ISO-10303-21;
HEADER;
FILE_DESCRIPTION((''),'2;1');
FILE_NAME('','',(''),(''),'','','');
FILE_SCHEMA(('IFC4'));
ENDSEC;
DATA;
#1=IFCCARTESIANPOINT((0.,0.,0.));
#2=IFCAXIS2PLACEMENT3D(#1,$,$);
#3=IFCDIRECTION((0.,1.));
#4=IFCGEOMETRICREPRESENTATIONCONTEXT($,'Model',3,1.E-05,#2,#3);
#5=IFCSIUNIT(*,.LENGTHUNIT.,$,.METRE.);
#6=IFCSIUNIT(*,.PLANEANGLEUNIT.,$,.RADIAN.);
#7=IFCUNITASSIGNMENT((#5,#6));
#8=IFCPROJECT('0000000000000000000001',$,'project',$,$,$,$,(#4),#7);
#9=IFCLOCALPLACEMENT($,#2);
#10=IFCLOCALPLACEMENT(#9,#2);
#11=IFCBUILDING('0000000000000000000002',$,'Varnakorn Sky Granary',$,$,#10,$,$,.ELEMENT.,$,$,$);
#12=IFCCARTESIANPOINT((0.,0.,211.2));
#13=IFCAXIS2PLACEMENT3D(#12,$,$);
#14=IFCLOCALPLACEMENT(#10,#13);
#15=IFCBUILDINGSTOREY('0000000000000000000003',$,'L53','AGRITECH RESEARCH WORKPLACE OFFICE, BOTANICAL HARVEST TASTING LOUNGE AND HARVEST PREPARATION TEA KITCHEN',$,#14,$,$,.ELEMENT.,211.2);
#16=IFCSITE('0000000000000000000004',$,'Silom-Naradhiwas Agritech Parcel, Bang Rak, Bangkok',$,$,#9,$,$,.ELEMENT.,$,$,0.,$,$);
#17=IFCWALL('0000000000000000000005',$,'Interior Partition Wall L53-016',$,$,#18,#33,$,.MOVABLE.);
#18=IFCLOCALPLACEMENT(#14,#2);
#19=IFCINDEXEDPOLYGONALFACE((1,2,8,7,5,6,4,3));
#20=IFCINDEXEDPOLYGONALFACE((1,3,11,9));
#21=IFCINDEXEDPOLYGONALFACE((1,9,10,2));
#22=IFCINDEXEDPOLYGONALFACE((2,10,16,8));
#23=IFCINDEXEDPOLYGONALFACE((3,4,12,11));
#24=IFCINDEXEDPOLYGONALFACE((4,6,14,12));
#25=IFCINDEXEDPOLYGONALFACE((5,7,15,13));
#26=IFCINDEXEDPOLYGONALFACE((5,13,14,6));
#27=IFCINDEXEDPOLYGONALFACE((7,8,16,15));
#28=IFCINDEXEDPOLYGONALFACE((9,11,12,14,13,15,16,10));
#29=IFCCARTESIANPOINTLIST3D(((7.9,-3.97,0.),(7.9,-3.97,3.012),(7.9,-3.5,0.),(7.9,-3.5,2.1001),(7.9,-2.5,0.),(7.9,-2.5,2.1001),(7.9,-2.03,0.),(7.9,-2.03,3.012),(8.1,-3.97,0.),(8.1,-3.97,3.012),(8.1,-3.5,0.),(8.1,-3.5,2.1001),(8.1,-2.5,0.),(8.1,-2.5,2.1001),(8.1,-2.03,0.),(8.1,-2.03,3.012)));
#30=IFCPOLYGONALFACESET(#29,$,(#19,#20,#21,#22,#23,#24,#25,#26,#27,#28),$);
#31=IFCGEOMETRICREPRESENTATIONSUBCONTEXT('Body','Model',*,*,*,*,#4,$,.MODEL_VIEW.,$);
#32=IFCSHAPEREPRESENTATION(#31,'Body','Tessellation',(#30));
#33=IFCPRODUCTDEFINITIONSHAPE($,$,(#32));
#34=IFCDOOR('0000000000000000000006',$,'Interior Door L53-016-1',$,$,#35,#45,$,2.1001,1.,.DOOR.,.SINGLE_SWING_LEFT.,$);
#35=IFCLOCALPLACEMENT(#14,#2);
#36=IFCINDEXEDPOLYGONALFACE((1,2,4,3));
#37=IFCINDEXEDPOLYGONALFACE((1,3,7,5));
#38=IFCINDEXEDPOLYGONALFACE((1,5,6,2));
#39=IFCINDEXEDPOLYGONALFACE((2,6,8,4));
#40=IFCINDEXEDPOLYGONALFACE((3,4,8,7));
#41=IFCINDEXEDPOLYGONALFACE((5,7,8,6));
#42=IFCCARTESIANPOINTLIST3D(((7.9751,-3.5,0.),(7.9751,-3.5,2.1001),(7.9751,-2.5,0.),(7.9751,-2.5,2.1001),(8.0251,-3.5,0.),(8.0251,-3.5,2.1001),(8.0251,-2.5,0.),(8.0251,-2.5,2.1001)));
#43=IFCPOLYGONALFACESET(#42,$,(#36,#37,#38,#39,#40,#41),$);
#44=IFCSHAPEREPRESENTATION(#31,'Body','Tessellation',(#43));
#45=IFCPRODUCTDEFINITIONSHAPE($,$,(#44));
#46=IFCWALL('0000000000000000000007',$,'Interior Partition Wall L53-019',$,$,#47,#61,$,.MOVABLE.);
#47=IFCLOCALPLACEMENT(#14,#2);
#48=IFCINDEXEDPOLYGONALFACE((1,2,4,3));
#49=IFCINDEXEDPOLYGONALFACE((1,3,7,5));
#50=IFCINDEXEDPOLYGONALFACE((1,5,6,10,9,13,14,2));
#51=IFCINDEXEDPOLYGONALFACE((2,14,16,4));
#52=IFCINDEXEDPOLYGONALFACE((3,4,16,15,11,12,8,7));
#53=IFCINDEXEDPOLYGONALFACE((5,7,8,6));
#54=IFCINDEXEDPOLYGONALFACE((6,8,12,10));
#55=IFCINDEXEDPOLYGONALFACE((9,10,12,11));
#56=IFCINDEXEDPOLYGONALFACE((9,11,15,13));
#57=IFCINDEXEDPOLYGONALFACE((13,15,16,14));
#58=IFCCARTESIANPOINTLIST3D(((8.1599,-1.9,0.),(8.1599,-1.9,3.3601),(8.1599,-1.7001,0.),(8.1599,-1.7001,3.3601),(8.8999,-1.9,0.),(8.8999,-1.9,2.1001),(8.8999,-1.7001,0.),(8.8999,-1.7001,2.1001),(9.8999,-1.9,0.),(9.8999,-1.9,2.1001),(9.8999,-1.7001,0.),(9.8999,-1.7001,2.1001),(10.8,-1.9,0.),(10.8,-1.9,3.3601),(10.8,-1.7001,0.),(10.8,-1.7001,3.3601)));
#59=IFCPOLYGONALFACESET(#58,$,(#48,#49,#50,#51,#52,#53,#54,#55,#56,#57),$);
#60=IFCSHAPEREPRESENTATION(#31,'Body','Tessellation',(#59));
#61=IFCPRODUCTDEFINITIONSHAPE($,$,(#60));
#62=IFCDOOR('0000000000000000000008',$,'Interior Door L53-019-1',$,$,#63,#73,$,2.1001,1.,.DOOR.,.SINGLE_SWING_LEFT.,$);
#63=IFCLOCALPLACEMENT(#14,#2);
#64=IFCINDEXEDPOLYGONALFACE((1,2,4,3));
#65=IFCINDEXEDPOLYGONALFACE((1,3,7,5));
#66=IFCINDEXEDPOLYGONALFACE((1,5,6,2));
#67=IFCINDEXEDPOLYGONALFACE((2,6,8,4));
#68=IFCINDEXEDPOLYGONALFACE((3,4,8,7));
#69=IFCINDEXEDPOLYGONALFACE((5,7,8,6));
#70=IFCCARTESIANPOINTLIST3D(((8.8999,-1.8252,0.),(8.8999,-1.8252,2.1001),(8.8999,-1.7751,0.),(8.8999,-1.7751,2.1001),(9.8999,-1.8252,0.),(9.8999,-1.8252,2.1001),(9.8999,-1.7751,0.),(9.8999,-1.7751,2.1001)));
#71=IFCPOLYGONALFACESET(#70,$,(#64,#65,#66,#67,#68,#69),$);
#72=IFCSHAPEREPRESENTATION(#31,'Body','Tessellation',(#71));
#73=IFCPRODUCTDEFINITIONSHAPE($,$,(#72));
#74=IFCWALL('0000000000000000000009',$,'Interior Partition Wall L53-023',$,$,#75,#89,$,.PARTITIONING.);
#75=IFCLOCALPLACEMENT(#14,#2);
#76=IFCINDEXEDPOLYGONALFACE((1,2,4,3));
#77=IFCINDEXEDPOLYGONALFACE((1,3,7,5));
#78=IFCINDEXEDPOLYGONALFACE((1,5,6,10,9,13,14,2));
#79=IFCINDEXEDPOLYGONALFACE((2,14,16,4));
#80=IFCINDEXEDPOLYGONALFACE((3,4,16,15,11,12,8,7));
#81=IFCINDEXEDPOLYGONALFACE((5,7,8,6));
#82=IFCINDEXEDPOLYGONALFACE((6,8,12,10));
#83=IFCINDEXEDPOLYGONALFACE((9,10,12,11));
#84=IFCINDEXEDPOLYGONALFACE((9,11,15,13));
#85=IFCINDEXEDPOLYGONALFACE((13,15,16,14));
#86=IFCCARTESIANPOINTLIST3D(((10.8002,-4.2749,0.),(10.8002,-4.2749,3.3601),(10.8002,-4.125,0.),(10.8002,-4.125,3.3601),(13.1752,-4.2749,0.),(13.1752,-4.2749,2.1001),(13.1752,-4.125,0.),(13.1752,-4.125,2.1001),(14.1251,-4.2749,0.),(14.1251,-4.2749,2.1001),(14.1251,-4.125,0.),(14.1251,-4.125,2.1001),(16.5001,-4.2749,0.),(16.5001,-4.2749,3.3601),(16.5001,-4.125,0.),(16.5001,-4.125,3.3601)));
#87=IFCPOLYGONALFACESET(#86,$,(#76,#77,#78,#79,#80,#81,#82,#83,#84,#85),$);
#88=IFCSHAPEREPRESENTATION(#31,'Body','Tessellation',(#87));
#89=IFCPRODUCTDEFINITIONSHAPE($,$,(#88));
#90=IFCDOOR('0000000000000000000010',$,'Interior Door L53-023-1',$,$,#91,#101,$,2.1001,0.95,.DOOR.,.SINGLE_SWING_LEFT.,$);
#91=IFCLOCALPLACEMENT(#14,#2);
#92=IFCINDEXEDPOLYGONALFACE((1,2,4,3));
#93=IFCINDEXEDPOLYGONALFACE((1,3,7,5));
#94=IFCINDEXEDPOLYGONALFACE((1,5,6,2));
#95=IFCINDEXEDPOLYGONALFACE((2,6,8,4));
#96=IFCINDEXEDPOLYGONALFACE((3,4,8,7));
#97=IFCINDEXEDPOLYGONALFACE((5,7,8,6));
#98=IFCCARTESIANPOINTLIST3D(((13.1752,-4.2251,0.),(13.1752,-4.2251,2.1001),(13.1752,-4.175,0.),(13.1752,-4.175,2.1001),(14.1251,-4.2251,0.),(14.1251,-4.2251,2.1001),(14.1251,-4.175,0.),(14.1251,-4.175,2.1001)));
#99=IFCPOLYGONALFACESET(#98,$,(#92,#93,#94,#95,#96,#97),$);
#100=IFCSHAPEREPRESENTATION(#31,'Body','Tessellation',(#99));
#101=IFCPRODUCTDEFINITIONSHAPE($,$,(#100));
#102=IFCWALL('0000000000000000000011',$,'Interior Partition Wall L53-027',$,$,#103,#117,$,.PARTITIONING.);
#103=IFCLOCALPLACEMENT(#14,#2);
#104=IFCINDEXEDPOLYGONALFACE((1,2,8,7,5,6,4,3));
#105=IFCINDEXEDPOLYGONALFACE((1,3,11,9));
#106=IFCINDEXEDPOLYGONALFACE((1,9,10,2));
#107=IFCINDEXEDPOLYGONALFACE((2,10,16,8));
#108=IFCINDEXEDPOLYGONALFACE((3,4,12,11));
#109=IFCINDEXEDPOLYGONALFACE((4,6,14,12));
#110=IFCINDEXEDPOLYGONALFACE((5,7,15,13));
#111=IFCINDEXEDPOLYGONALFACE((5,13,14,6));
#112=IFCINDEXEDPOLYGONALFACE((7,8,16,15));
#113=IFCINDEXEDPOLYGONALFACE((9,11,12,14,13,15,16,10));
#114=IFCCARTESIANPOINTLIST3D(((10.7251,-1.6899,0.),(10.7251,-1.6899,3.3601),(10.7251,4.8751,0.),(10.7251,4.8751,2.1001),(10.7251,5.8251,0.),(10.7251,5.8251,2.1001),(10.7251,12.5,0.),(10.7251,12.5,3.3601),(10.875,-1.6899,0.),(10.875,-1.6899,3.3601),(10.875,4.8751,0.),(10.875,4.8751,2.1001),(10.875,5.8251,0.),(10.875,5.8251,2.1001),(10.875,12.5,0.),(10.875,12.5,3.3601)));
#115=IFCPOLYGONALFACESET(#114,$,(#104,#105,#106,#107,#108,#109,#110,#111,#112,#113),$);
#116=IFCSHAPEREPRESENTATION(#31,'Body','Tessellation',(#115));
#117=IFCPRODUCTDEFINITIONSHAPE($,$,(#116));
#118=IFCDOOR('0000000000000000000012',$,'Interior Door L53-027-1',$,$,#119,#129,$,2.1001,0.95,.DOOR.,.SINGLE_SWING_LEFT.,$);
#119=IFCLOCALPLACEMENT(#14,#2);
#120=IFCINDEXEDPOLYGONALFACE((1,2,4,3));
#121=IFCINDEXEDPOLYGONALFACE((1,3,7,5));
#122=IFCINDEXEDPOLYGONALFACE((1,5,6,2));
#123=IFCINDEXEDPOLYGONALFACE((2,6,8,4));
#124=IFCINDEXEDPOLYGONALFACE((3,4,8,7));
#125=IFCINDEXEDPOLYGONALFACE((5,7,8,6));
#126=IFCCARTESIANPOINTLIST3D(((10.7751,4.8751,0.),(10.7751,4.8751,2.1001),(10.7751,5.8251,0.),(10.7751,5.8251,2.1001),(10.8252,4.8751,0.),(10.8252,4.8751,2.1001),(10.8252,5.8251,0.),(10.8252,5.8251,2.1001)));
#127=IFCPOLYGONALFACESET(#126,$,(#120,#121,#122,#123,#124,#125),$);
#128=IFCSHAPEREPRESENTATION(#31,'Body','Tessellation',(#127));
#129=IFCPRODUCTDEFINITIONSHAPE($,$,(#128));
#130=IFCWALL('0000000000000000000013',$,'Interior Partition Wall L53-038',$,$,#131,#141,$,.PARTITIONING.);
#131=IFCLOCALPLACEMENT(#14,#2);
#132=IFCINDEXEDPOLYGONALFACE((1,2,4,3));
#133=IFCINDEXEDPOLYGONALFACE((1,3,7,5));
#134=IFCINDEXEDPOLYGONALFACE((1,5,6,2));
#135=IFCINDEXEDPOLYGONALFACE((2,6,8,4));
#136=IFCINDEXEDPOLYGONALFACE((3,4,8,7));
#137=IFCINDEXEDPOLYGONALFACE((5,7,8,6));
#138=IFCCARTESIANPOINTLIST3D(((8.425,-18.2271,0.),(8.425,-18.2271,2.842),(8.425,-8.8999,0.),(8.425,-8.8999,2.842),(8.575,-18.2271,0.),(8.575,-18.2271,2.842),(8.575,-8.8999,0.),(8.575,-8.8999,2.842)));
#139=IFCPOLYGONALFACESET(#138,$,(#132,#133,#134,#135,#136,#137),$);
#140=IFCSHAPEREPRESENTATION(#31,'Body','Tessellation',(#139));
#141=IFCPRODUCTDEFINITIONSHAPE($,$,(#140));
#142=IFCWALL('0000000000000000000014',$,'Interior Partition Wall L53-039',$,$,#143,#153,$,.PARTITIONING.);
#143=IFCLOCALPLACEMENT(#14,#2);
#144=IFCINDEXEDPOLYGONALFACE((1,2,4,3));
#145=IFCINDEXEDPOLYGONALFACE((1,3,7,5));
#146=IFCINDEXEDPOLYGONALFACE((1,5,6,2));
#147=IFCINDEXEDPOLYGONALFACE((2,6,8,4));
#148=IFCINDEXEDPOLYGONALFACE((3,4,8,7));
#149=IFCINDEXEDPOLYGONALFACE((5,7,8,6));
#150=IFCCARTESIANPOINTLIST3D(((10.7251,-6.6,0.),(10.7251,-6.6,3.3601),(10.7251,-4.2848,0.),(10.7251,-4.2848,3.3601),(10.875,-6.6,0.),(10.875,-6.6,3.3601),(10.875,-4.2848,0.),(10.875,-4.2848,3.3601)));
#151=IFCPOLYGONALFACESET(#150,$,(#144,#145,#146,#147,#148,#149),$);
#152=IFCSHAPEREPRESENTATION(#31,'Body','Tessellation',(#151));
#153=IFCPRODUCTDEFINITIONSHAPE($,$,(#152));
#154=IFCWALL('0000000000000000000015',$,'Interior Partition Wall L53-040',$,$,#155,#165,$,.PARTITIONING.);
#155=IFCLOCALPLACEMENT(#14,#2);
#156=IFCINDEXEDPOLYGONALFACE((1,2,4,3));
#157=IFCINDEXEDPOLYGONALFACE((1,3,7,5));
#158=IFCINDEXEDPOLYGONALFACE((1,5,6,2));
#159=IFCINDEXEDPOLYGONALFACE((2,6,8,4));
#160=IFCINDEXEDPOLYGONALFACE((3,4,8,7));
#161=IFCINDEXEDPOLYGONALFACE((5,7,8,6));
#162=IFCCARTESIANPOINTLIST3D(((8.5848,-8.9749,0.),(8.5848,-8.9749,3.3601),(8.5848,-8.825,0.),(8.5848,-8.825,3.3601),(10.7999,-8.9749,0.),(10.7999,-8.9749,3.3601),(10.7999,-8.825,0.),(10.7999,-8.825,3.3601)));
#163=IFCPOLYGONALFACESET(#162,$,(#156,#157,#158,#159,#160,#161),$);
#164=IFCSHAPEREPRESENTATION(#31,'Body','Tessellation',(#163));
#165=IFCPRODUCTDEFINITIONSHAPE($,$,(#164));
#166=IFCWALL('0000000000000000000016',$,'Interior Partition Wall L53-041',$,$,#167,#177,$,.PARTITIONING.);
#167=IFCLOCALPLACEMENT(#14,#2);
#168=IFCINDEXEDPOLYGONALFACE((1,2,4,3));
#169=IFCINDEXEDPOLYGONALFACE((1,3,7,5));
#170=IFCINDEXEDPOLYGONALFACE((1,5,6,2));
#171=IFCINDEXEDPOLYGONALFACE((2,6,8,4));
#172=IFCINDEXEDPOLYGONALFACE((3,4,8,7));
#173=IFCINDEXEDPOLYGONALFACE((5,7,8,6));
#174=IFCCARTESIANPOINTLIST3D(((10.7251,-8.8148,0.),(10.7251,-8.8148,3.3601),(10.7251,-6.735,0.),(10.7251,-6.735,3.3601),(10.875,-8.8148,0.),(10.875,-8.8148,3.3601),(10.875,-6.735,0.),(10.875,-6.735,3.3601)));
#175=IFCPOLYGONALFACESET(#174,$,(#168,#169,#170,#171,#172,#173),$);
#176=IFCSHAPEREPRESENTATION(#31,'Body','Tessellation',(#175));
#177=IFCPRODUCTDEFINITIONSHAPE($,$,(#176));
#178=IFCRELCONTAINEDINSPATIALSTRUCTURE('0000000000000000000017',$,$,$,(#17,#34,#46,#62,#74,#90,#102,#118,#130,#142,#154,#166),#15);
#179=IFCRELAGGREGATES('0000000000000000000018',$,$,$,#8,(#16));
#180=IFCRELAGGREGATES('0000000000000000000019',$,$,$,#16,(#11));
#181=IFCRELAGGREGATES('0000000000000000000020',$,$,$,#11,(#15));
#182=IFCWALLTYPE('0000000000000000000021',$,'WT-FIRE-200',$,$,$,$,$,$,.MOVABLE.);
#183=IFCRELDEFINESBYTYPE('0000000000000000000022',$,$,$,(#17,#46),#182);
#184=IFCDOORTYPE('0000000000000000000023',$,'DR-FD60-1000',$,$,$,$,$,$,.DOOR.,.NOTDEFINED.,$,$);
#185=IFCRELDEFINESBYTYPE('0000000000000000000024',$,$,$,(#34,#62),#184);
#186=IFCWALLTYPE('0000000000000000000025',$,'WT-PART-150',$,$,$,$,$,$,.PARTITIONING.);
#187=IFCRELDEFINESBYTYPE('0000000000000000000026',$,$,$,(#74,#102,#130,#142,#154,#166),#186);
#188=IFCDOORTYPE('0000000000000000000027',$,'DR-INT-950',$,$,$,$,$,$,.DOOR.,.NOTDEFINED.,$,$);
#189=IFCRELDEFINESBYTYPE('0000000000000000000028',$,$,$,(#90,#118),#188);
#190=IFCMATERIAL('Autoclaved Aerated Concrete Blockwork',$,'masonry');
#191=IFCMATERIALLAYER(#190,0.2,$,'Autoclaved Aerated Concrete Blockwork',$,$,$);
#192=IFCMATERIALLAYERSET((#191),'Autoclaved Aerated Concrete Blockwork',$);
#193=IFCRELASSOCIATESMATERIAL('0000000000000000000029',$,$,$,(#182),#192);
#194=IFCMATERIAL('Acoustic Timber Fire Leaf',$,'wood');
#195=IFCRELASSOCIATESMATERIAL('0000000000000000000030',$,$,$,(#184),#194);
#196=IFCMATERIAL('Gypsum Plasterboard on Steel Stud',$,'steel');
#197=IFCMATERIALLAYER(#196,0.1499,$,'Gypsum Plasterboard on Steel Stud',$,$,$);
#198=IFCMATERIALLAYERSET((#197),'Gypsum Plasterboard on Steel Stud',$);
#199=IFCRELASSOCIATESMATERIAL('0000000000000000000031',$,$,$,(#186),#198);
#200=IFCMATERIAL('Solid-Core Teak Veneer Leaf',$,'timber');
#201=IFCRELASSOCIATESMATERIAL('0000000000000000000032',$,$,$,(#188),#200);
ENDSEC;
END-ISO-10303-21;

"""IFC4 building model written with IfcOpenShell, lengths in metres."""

from ifc_helpers import new_model, si_unit, direction, frame, frame_2d, origin, place, context, subcontext, project, spatial, rectangle, extrude, material, layer, layer_set, type_object, element, fill, save


model = new_model("IFC4")

# Units and contexts
model_context = context("Model", 3, precision=1e-05, world=origin(), true_north=direction((0.0, 1.0)))
body_context = subcontext(model_context, "Body", "Model", "MODEL_VIEW")
ifc_project = project(units=[si_unit("LENGTHUNIT", "METRE"), si_unit("PLANEANGLEUNIT", "RADIAN")], contexts=[model_context])

# Site, building, storey
site_placement = place(None, origin())
site = spatial("IfcSite", under=ifc_project, at=site_placement, Name="Silom-Naradhiwas Agritech Parcel, Bang Rak, Bangkok", CompositionType="ELEMENT", RefElevation=0.0)
building_placement = place(site_placement, origin())
building = spatial("IfcBuilding", under=site, at=building_placement, Name="Varnakorn Sky Granary", CompositionType="ELEMENT")
storey_placement = place(building_placement, frame((0.0, 0.0, 211.2)))
storey = spatial("IfcBuildingStorey", under=building, at=storey_placement, Name="L53", Description="AGRITECH RESEARCH WORKPLACE OFFICE, BOTANICAL HARVEST TASTING LOUNGE AND HARVEST PREPARATION TEA KITCHEN", CompositionType="ELEMENT", Elevation=211.2)

# Walls, openings, doors
ifc_material_1 = material(Name="Autoclaved Aerated Concrete Blockwork", Category="masonry")
ifc_layer_1 = layer(ifc_material_1, 0.2, Name="Autoclaved Aerated Concrete Blockwork")
ifc_layer_set_1 = layer_set([ifc_layer_1], Name="Autoclaved Aerated Concrete Blockwork")
wall_type_1 = type_object("IfcWallType", Name="WT-FIRE-200", PredefinedType="MOVABLE", material=ifc_layer_set_1)
wall_1_placement = place(storey_placement, frame((8.0, -3.97, 0.0), z_axis=(0.0, 0.0, 1.0), x_axis=(0.0, 1.0, 0.0)))
wall_1 = element("IfcWall", 1, at=wall_1_placement, inside=storey, type_object=wall_type_1, Name="Interior Partition Wall L53-016", PredefinedType="MOVABLE", context=body_context, shape_type="SweptSolid", body=[
    extrude(rectangle(XDim=1.9399, YDim=0.2, at=frame_2d((0.97, 0.0))), origin(), (0.0, 0.0, 1.0), 3.012),
])
opening_1_placement = place(wall_1_placement, frame((0.47, 0.0, 0.0)))
opening_1 = element("IfcOpeningElement", 2, at=opening_1_placement, cuts=wall_1, PredefinedType="OPENING", context=body_context, shape_type="SweptSolid", body=[
    extrude(rectangle(XDim=1.0, YDim=2.1001, at=frame_2d((0.5, 1.05))), frame((0.0, 0.1099, 0.0), z_axis=(0.0, -1.0, 0.0), x_axis=(1.0, 0.0, 0.0)), (0.0, 0.0, 1.0), 0.22),
])
ifc_material_2 = material(Name="Acoustic Timber Fire Leaf", Category="wood")
door_type_1 = type_object("IfcDoorType", Name="DR-FD60-1000", OperationType="NOTDEFINED", PredefinedType="DOOR", material=ifc_material_2)
door_1_placement = place(opening_1_placement, origin())
door_1 = element("IfcDoor", 3, at=door_1_placement, inside=storey, type_object=door_type_1, Name="Interior Door L53-016-1", OperationType="SINGLE_SWING_LEFT", OverallHeight=2.1001, OverallWidth=1.0, PredefinedType="DOOR", context=body_context, shape_type="SweptSolid", body=[
    extrude(rectangle(XDim=1.0, YDim=2.1001, at=frame_2d((0.5, 1.05))), frame((0.0, 0.0249, 0.0), z_axis=(0.0, -1.0, 0.0), x_axis=(1.0, 0.0, 0.0)), (0.0, 0.0, 1.0), 0.05),
])
fill(opening_1, door_1)
wall_2_placement = place(storey_placement, frame((8.1599, -1.8, 0.0), z_axis=(0.0, 0.0, 1.0), x_axis=(1.0, 0.0, 0.0)))
wall_2 = element("IfcWall", 4, at=wall_2_placement, inside=storey, type_object=wall_type_1, Name="Interior Partition Wall L53-019", PredefinedType="MOVABLE", context=body_context, shape_type="SweptSolid", body=[
    extrude(rectangle(XDim=2.6401, YDim=0.2, at=frame_2d((1.3201, 0.0))), origin(), (0.0, 0.0, 1.0), 3.3601),
])
opening_2_placement = place(wall_2_placement, frame((0.74, 0.0, 0.0)))
opening_2 = element("IfcOpeningElement", 5, at=opening_2_placement, cuts=wall_2, PredefinedType="OPENING", context=body_context, shape_type="SweptSolid", body=[
    extrude(rectangle(XDim=1.0, YDim=2.1001, at=frame_2d((0.5, 1.05))), frame((0.0, 0.1099, 0.0), z_axis=(0.0, -1.0, 0.0), x_axis=(1.0, 0.0, 0.0)), (0.0, 0.0, 1.0), 0.22),
])
door_2_placement = place(opening_2_placement, origin())
door_2 = element("IfcDoor", 6, at=door_2_placement, inside=storey, type_object=door_type_1, Name="Interior Door L53-019-1", OperationType="SINGLE_SWING_LEFT", OverallHeight=2.1001, OverallWidth=1.0, PredefinedType="DOOR", context=body_context, shape_type="SweptSolid", body=[
    extrude(rectangle(XDim=1.0, YDim=2.1001, at=frame_2d((0.5, 1.05))), frame((0.0, 0.0249, 0.0), z_axis=(0.0, -1.0, 0.0), x_axis=(1.0, 0.0, 0.0)), (0.0, 0.0, 1.0), 0.05),
])
fill(opening_2, door_2)
ifc_material_3 = material(Name="Gypsum Plasterboard on Steel Stud", Category="steel")
ifc_layer_2 = layer(ifc_material_3, 0.1499, Name="Gypsum Plasterboard on Steel Stud")
ifc_layer_set_2 = layer_set([ifc_layer_2], Name="Gypsum Plasterboard on Steel Stud")
wall_type_2 = type_object("IfcWallType", Name="WT-PART-150", PredefinedType="PARTITIONING", material=ifc_layer_set_2)
wall_3_placement = place(storey_placement, frame((10.8, -4.2, 0.0), z_axis=(0.0, 0.0, 1.0), x_axis=(1.0, 0.0, 0.0)))
wall_3 = element("IfcWall", 7, at=wall_3_placement, inside=storey, type_object=wall_type_2, Name="Interior Partition Wall L53-023", PredefinedType="PARTITIONING", context=body_context, shape_type="SweptSolid", body=[
    extrude(rectangle(XDim=5.7, YDim=0.1499, at=frame_2d((2.8501, 0.0))), origin(), (0.0, 0.0, 1.0), 3.3601),
])
opening_3_placement = place(wall_3_placement, frame((2.375, 0.0, 0.0)))
opening_3 = element("IfcOpeningElement", 8, at=opening_3_placement, cuts=wall_3, PredefinedType="OPENING", context=body_context, shape_type="SweptSolid", body=[
    extrude(rectangle(XDim=0.95, YDim=2.1001, at=frame_2d((0.4751, 1.05))), frame((0.0, 0.085, 0.0), z_axis=(0.0, -1.0, 0.0), x_axis=(1.0, 0.0, 0.0)), (0.0, 0.0, 1.0), 0.1699),
])
ifc_material_4 = material(Name="Solid-Core Teak Veneer Leaf", Category="timber")
door_type_2 = type_object("IfcDoorType", Name="DR-INT-950", OperationType="NOTDEFINED", PredefinedType="DOOR", material=ifc_material_4)
door_3_placement = place(opening_3_placement, origin())
door_3 = element("IfcDoor", 9, at=door_3_placement, inside=storey, type_object=door_type_2, Name="Interior Door L53-023-1", OperationType="SINGLE_SWING_LEFT", OverallHeight=2.1001, OverallWidth=0.95, PredefinedType="DOOR", context=body_context, shape_type="SweptSolid", body=[
    extrude(rectangle(XDim=0.95, YDim=2.1001, at=frame_2d((0.4751, 1.05))), frame((0.0, 0.0249, 0.0), z_axis=(0.0, -1.0, 0.0), x_axis=(1.0, 0.0, 0.0)), (0.0, 0.0, 1.0), 0.05),
])
fill(opening_3, door_3)
wall_4_placement = place(storey_placement, frame((10.8, -1.6899, 0.0), z_axis=(0.0, 0.0, 1.0), x_axis=(0.0, 1.0, 0.0)))
wall_4 = element("IfcWall", 10, at=wall_4_placement, inside=storey, type_object=wall_type_2, Name="Interior Partition Wall L53-027", PredefinedType="PARTITIONING", context=body_context, shape_type="SweptSolid", body=[
    extrude(rectangle(XDim=14.1899, YDim=0.1499, at=frame_2d((7.095, 0.0))), origin(), (0.0, 0.0, 1.0), 3.3601),
])
opening_4_placement = place(wall_4_placement, frame((6.5649, 0.0, 0.0)))
opening_4 = element("IfcOpeningElement", 11, at=opening_4_placement, cuts=wall_4, PredefinedType="OPENING", context=body_context, shape_type="SweptSolid", body=[
    extrude(rectangle(XDim=0.95, YDim=2.1001, at=frame_2d((0.4751, 1.05))), frame((0.0, 0.085, 0.0), z_axis=(0.0, -1.0, 0.0), x_axis=(1.0, 0.0, 0.0)), (0.0, 0.0, 1.0), 0.1699),
])
door_4_placement = place(opening_4_placement, origin())
door_4 = element("IfcDoor", 12, at=door_4_placement, inside=storey, type_object=door_type_2, Name="Interior Door L53-027-1", OperationType="SINGLE_SWING_LEFT", OverallHeight=2.1001, OverallWidth=0.95, PredefinedType="DOOR", context=body_context, shape_type="SweptSolid", body=[
    extrude(rectangle(XDim=0.95, YDim=2.1001, at=frame_2d((0.4751, 1.05))), frame((0.0, 0.0249, 0.0), z_axis=(0.0, -1.0, 0.0), x_axis=(1.0, 0.0, 0.0)), (0.0, 0.0, 1.0), 0.05),
])
fill(opening_4, door_4)

# Walls
wall_5_placement = place(storey_placement, frame((8.5, -8.8999, 0.0), z_axis=(0.0, 0.0, 1.0), x_axis=(0.0, -1.0, 0.0)))
element("IfcWall", 13, at=wall_5_placement, inside=storey, type_object=wall_type_2, Name="Interior Partition Wall L53-038", PredefinedType="PARTITIONING", context=body_context, shape_type="SweptSolid", body=[
    extrude(rectangle(XDim=9.3271, YDim=0.1499, at=frame_2d((4.6636, 0.0))), origin(), (0.0, 0.0, 1.0), 2.842),
])
wall_6_placement = place(storey_placement, frame((10.8, -6.6001, 0.0), z_axis=(0.0, 0.0, 1.0), x_axis=(0.0, 1.0, 0.0)))
element("IfcWall", 14, at=wall_6_placement, inside=storey, type_object=wall_type_2, Name="Interior Partition Wall L53-039", PredefinedType="PARTITIONING", context=body_context, shape_type="SweptSolid", body=[
    extrude(rectangle(XDim=2.3152, YDim=0.1499, at=frame_2d((1.1577, 0.0))), origin(), (0.0, 0.0, 1.0), 3.3601),
])
wall_7_placement = place(storey_placement, frame((8.585, -8.8999, 0.0), z_axis=(0.0, 0.0, 1.0), x_axis=(1.0, 0.0, 0.0)))
element("IfcWall", 15, at=wall_7_placement, inside=storey, type_object=wall_type_2, Name="Interior Partition Wall L53-040", PredefinedType="PARTITIONING", context=body_context, shape_type="SweptSolid", body=[
    extrude(rectangle(XDim=2.2151, YDim=0.1499, at=frame_2d((1.1074, 0.0))), origin(), (0.0, 0.0, 1.0), 3.3601),
])
wall_8_placement = place(storey_placement, frame((10.8, -8.8149, 0.0), z_axis=(0.0, 0.0, 1.0), x_axis=(0.0, 1.0, 0.0)))
element("IfcWall", 16, at=wall_8_placement, inside=storey, type_object=wall_type_2, Name="Interior Partition Wall L53-041", PredefinedType="PARTITIONING", context=body_context, shape_type="SweptSolid", body=[
    extrude(rectangle(XDim=2.0798, YDim=0.1499, at=frame_2d((1.04, 0.0))), origin(), (0.0, 0.0, 1.0), 3.3601),
])

save(model, "model.ifc")
